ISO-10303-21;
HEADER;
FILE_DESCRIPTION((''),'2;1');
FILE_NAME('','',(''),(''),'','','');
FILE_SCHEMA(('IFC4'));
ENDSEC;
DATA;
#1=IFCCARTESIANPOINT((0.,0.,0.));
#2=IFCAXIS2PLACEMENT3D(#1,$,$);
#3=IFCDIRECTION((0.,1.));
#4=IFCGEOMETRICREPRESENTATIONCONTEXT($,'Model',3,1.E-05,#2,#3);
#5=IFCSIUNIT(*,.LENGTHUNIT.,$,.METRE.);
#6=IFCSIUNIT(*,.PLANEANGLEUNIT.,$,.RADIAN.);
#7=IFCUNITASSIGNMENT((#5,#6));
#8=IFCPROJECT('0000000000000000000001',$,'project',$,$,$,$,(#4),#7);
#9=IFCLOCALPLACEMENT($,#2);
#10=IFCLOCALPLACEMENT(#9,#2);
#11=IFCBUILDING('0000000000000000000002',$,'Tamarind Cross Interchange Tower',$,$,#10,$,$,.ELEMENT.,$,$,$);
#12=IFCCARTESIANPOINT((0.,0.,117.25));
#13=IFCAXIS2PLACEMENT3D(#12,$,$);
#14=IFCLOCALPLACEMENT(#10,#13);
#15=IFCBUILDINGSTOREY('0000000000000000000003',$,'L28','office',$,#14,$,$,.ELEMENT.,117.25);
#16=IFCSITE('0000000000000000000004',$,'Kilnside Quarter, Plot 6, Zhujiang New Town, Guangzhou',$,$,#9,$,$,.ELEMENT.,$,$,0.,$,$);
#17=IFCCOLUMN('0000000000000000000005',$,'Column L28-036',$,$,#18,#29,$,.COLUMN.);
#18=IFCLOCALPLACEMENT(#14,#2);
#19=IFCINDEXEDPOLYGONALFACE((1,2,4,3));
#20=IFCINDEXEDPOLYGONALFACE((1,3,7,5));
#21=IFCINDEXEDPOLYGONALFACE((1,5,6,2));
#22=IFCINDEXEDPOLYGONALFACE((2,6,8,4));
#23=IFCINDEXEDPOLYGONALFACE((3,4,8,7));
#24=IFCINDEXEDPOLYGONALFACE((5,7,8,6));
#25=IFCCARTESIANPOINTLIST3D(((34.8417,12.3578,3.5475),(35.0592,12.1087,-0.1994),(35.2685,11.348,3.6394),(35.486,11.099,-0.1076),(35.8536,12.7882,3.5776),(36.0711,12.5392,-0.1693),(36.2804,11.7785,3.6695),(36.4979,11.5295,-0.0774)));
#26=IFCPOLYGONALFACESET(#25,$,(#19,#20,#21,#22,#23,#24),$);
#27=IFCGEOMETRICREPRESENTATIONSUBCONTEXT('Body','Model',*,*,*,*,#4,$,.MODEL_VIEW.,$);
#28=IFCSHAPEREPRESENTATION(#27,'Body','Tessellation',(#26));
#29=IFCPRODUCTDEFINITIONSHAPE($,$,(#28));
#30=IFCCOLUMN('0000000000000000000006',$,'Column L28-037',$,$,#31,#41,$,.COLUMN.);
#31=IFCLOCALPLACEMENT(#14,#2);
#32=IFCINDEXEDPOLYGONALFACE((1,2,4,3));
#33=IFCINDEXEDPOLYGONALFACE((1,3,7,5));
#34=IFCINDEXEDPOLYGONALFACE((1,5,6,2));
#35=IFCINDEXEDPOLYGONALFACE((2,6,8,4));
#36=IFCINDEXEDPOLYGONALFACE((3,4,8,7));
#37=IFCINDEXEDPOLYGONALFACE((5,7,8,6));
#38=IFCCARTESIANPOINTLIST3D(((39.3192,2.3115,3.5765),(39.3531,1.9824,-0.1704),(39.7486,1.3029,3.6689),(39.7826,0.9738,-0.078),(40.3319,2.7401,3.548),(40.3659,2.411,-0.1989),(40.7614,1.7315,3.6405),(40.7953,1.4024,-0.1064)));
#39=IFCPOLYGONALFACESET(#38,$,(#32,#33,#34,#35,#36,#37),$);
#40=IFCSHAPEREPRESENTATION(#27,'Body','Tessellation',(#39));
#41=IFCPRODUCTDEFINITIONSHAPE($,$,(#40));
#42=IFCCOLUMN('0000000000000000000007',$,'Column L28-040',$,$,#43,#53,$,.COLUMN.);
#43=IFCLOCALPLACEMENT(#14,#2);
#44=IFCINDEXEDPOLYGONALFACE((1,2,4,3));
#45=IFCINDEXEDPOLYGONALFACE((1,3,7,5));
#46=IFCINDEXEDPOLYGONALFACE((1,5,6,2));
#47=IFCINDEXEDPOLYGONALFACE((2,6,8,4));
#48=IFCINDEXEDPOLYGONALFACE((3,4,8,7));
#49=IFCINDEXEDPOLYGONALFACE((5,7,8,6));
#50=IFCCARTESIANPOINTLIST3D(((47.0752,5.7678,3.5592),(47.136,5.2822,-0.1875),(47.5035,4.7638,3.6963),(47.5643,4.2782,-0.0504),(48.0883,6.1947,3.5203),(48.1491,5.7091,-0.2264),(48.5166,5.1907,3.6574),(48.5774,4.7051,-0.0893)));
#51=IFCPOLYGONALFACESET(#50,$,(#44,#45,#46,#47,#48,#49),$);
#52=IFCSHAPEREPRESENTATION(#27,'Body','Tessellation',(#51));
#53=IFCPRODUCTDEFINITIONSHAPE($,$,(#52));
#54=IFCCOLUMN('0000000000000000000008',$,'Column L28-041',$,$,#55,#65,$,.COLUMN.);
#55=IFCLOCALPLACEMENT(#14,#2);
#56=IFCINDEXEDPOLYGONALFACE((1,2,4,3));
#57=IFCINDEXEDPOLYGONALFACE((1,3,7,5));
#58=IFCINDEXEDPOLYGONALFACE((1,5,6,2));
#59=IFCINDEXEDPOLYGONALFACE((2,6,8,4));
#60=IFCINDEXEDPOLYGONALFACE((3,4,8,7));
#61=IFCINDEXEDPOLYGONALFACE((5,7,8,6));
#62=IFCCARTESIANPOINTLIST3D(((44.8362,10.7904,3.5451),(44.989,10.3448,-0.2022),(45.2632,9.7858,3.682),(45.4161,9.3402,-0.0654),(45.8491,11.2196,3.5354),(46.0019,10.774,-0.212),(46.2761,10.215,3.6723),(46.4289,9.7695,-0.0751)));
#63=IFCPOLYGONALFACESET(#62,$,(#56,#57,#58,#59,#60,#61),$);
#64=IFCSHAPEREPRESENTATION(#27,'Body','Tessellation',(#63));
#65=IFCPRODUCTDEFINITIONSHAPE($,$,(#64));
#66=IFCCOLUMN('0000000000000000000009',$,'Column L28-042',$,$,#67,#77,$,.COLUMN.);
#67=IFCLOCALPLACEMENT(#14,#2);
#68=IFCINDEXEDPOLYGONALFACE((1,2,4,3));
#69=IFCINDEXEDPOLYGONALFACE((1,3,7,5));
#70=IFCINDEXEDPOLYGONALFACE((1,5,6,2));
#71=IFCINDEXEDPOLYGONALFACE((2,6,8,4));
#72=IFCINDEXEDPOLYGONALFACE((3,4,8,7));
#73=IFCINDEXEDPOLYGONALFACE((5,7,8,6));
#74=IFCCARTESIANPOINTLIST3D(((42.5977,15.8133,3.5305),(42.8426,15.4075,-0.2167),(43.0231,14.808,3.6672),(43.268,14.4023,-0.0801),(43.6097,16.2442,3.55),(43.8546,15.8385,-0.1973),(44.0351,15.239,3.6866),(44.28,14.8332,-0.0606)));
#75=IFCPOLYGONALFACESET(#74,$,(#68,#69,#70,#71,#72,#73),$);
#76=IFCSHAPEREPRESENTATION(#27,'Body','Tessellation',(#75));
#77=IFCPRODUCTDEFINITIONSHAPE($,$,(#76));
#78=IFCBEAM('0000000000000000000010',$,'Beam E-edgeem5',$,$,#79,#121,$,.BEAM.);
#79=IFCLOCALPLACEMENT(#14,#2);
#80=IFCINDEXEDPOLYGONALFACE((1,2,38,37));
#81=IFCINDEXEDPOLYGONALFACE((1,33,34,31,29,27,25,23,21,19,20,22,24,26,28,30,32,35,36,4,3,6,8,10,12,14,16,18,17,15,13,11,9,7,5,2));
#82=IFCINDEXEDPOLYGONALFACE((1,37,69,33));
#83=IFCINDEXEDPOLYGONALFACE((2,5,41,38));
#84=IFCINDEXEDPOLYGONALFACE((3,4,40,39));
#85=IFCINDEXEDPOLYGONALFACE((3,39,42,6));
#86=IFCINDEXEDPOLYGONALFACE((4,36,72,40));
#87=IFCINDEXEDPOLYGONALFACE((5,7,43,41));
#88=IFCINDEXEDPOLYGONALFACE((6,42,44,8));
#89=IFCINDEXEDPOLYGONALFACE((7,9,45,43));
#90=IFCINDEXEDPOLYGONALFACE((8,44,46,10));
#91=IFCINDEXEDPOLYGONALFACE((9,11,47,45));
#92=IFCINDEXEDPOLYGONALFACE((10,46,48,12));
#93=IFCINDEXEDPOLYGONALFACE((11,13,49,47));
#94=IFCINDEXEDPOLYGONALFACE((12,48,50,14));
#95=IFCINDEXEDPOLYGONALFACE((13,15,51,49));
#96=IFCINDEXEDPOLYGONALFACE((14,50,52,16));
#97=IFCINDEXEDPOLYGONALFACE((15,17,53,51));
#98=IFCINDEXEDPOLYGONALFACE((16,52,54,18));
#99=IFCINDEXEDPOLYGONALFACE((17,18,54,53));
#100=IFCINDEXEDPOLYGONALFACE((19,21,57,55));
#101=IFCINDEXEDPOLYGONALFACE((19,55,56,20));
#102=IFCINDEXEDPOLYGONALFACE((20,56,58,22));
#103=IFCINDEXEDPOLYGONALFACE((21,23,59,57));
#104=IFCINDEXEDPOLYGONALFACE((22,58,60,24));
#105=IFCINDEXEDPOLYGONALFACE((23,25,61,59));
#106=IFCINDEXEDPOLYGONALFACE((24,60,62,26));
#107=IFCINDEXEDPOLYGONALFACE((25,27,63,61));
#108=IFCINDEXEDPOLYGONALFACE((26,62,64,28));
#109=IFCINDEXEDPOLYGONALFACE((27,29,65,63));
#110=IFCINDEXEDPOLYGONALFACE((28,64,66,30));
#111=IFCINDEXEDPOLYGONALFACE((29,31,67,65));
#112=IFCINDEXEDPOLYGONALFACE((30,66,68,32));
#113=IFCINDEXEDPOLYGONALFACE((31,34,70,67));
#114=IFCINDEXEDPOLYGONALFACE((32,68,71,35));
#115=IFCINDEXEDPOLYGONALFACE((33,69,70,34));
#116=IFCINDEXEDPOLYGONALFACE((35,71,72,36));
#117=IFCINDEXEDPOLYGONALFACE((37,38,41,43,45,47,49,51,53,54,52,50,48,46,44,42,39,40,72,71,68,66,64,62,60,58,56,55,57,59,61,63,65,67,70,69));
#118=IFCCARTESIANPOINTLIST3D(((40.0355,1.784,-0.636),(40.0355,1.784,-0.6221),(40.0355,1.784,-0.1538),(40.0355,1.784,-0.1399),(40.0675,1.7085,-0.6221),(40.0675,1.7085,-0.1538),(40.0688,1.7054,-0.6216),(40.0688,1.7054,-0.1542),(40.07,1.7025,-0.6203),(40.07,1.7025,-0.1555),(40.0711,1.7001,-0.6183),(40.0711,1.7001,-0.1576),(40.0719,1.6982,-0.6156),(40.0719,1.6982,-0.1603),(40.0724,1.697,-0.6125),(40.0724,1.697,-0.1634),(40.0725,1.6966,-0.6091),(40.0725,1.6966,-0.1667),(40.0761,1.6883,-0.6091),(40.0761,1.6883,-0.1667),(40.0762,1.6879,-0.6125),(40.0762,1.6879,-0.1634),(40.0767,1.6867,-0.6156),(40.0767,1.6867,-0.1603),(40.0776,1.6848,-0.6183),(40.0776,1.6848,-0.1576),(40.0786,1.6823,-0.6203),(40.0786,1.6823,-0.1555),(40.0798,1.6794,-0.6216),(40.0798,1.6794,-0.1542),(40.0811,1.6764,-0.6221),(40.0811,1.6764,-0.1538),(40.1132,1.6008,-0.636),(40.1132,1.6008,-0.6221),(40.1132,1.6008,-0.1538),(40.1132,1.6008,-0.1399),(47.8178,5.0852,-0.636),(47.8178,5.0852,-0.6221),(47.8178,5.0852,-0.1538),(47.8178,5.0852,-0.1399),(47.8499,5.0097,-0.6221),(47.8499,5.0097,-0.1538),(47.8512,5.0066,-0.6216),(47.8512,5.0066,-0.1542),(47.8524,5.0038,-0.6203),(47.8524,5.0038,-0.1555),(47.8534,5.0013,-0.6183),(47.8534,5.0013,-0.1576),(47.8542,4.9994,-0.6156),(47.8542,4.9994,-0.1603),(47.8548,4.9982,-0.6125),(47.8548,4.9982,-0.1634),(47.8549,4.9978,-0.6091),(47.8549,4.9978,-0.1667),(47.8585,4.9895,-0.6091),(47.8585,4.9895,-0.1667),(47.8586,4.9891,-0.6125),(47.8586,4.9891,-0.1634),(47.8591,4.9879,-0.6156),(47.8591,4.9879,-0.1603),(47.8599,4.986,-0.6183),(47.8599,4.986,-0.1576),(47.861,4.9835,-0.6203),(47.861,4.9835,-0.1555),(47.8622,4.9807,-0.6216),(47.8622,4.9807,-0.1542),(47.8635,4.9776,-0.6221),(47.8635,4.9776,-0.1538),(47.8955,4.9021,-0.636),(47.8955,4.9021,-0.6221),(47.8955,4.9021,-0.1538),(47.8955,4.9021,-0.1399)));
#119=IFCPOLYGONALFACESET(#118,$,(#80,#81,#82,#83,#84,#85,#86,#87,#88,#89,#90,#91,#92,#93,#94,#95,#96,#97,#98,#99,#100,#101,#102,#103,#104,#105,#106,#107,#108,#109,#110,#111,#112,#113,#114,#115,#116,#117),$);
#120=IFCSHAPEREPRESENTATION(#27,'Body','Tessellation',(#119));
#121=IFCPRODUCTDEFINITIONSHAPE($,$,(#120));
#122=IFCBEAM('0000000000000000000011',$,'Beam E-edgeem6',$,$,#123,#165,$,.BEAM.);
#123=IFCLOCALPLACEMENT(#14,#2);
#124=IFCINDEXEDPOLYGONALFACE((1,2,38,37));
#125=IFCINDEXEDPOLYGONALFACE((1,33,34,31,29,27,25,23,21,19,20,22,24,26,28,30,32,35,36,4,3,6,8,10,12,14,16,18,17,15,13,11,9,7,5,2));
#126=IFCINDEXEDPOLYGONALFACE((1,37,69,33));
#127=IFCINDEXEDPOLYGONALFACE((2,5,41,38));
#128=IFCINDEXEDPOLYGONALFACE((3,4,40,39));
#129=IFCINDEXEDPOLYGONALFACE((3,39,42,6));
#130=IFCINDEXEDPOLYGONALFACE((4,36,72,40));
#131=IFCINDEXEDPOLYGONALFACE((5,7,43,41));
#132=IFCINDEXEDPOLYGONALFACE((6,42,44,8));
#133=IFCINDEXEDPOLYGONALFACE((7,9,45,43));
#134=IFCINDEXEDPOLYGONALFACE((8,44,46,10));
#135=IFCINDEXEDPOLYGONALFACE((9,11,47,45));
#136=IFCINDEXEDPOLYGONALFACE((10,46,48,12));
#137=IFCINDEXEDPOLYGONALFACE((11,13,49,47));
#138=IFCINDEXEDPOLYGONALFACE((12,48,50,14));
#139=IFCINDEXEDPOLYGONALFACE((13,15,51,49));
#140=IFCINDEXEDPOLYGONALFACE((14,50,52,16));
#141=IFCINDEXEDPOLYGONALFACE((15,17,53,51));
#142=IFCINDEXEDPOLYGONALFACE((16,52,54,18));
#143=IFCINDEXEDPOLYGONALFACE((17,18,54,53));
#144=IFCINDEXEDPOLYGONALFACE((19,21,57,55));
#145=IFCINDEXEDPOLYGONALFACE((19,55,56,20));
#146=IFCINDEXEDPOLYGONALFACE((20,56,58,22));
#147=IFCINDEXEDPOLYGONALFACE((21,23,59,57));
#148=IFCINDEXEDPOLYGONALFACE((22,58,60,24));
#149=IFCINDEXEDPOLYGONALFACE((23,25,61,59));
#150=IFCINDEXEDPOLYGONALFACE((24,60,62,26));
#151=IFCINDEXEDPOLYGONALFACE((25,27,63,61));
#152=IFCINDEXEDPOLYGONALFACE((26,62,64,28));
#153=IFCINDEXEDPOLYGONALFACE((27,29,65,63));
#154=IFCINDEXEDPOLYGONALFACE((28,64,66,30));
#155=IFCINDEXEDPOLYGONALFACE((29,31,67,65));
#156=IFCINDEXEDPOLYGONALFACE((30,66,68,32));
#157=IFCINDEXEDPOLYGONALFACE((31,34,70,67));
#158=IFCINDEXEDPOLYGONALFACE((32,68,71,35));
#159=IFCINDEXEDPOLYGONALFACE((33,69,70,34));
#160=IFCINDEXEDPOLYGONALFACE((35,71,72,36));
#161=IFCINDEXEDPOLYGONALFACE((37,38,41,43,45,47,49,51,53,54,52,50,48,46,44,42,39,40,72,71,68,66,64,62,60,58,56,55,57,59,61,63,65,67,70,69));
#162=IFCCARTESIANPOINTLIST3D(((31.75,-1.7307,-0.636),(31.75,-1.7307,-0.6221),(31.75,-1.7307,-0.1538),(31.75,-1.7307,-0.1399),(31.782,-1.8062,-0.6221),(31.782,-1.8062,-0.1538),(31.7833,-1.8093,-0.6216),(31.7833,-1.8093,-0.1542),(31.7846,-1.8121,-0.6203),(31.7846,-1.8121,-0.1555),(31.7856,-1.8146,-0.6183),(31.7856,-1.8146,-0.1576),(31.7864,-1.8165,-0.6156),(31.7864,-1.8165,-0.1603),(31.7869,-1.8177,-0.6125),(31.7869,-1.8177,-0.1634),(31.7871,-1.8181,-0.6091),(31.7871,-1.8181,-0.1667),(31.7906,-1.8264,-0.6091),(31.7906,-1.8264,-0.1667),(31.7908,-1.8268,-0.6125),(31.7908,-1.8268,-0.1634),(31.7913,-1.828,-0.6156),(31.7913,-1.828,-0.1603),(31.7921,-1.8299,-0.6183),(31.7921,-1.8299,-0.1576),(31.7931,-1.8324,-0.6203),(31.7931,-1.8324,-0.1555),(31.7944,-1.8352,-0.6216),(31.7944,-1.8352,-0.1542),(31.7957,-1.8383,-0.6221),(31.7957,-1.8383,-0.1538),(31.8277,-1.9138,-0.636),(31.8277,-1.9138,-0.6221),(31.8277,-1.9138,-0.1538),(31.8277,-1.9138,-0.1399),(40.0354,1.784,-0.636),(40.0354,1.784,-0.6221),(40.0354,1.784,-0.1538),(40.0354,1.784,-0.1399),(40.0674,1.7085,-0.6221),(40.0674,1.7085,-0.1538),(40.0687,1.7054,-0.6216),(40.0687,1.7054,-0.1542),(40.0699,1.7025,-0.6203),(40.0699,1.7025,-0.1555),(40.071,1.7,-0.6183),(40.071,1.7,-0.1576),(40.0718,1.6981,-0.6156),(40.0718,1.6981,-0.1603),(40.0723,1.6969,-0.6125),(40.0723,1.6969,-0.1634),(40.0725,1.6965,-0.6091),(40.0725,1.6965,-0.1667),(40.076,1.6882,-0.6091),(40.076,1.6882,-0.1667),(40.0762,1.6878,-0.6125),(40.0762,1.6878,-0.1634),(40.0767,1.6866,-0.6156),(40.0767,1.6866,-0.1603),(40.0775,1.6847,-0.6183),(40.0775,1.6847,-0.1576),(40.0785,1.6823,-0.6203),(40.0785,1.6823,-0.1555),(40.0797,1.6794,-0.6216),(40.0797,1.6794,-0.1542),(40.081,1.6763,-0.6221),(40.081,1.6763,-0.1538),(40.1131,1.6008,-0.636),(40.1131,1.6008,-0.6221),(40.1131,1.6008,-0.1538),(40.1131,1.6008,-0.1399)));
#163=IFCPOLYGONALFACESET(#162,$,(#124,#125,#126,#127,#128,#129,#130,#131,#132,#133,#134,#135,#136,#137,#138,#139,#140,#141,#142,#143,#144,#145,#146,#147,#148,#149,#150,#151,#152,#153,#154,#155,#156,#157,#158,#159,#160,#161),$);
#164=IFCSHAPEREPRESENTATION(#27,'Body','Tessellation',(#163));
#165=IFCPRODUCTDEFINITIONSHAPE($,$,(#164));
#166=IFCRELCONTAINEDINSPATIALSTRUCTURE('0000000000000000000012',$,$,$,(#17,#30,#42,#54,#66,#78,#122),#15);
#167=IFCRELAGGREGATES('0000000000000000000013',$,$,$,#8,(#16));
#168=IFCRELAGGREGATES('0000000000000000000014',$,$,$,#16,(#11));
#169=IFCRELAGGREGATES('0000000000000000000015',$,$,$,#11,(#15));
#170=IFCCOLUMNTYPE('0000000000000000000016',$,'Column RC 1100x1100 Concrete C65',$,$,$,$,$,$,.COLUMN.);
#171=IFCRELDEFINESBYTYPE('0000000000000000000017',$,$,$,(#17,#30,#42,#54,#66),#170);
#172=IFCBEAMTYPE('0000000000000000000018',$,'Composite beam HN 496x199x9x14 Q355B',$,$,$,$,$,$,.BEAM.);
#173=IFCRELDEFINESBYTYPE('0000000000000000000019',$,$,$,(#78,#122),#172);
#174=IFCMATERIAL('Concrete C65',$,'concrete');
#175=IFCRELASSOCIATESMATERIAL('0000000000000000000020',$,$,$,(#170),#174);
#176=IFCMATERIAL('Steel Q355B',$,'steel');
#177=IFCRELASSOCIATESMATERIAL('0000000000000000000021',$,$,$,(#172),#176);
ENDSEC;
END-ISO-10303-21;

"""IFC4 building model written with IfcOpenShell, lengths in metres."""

from ifc_helpers import new_model, si_unit, direction, frame, origin, origin_2d, place, context, subcontext, project, spatial, rectangle, i_section, extrude, material, material_profile, profile_set, type_object, element, save


model = new_model("IFC4")

# Units and contexts
model_context = context("Model", 3, precision=1e-05, world=origin(), true_north=direction((0.0, 1.0)))
body_context = subcontext(model_context, "Body", "Model", "MODEL_VIEW")
ifc_project = project(units=[si_unit("LENGTHUNIT", "METRE"), si_unit("PLANEANGLEUNIT", "RADIAN")], contexts=[model_context])

# Site, building, storey
site_placement = place(None, origin())
site = spatial("IfcSite", under=ifc_project, at=site_placement, Name="Kilnside Quarter, Plot 6, Zhujiang New Town, Guangzhou", CompositionType="ELEMENT", RefElevation=0.0)
building_placement = place(site_placement, origin())
building = spatial("IfcBuilding", under=site, at=building_placement, Name="Tamarind Cross Interchange Tower", CompositionType="ELEMENT")
storey_placement = place(building_placement, frame((0.0, 0.0, 117.25)))
storey = spatial("IfcBuildingStorey", under=building, at=storey_placement, Name="L28", Description="office", CompositionType="ELEMENT", Elevation=117.25)

# Columns
ifc_material_1 = material(Name="Concrete C65", Category="concrete")
ifc_material_profile_1 = material_profile(ifc_material_1, rectangle(XDim=1.1001, YDim=1.1001, at=origin_2d()), Name="RC 1100x1100")
ifc_profile_set_1 = profile_set([ifc_material_profile_1], Name="Concrete C65")
column_type = type_object("IfcColumnType", Name="Column RC 1100x1100 Concrete C65", PredefinedType="COLUMN", material=ifc_profile_set_1)
for number, where, z_axis, x_axis, name in (
    (1, (35.7786, 11.8191, -0.1384), (-0.057832, 0.066205, 0.996129), (0.387979, -0.917875, 0.083529), "Column L28-036"),
    (2, (40.0742, 1.6924, -0.1384), (-0.009022, 0.087494, 0.996124), (-0.920613, -0.389618, 0.025884), "Column L28-037"),
):
    element("IfcColumn", number, at=place(storey_placement, frame(where, z_axis=z_axis, x_axis=x_axis)), inside=storey, type_object=column_type, Name=name, PredefinedType="COLUMN", context=body_context, shape_type="SweptSolid", body=[
        extrude(rectangle(XDim=1.1001, YDim=1.1001, at=origin_2d()), origin(), (0.0, 0.0, 1.0), 3.7615),
    ])
column_1_placement = place(storey_placement, frame((47.8567, 4.9937, -0.1384), z_axis=(-0.016088, 0.12851, 0.991578), x_axis=(-0.920946, -0.388083, 0.035354)))
element("IfcColumn", 3, at=column_1_placement, inside=storey, type_object=column_type, Name="Column L28-040", PredefinedType="COLUMN", context=body_context, shape_type="SweptSolid", body=[
    extrude(rectangle(XDim=1.1001, YDim=1.1001, at=origin_2d()), origin(), (0.0, 0.0, 1.0), 3.7786),
])
column_2_placement = place(storey_placement, frame((45.709, 10.0571, -0.1387), z_axis=(-0.040466, 0.117972, 0.992192), x_axis=(-0.920704, -0.390162, 0.00884)))
element("IfcColumn", 4, at=column_2_placement, inside=storey, type_object=column_type, Name="Column L28-041", PredefinedType="COLUMN", context=body_context, shape_type="SweptSolid", body=[
    extrude(rectangle(XDim=1.1001, YDim=1.1001, at=origin_2d()), origin(), (0.0, 0.0, 1.0), 3.7769),
])
column_3_placement = place(storey_placement, frame((43.5613, 15.1204, -0.1387), z_axis=(-0.06483, 0.107425, 0.992097), x_axis=(0.386726, -0.913791, 0.124217)))
element("IfcColumn", 5, at=column_3_placement, inside=storey, type_object=column_type, Name="Column L28-042", PredefinedType="COLUMN", context=body_context, shape_type="SweptSolid", body=[
    extrude(rectangle(XDim=1.1001, YDim=1.1001, at=origin_2d()), origin(), (0.0, 0.0, 1.0), 3.7771),
])

# Beams
ifc_material_2 = material(Name="Steel Q355B", Category="steel")
ifc_material_profile_2 = material_profile(ifc_material_2, i_section(OverallWidth=0.199, OverallDepth=0.4961, WebThickness=0.009, FlangeThickness=0.0139, FilletRadius=0.0129, at=origin_2d()), Name="HN 496x199x9x14")
ifc_profile_set_2 = profile_set([ifc_material_profile_2], Name="Steel Q355B")
beam_type_1 = type_object("IfcBeamType", Name="Composite beam HN 496x199x9x14 Q355B", PredefinedType="BEAM", material=ifc_profile_set_2)
beam_1_placement = place(storey_placement, frame((47.8567, 4.9937, -0.3879), z_axis=(-0.920598, -0.390511, 0.0), x_axis=(0.390511, -0.920598, 0.0)))
element("IfcBeam", 6, at=beam_1_placement, inside=storey, type_object=beam_type_1, Name="Beam E-edgeem5", PredefinedType="BEAM", context=body_context, shape_type="SweptSolid", body=[
    extrude(i_section(OverallWidth=0.199, OverallDepth=0.4961, WebThickness=0.009, FlangeThickness=0.0139, FilletRadius=0.0129, at=origin_2d()), origin(), (0.0, 0.0, 1.0), 8.4536),
])
beam_2_placement = place(storey_placement, frame((40.0742, 1.6924, -0.3879), z_axis=(-0.920597, -0.390515, 0.0), x_axis=(0.390515, -0.920597, 0.0)))
element("IfcBeam", 7, at=beam_2_placement, inside=storey, type_object=beam_type_1, Name="Beam E-edgeem6", PredefinedType="BEAM", context=body_context, shape_type="SweptSolid", body=[
    extrude(i_section(OverallWidth=0.199, OverallDepth=0.4961, WebThickness=0.009, FlangeThickness=0.0139, FilletRadius=0.0129, at=origin_2d()), origin(), (0.0, 0.0, 1.0), 9.0),
])

save(model, "model.ifc")
